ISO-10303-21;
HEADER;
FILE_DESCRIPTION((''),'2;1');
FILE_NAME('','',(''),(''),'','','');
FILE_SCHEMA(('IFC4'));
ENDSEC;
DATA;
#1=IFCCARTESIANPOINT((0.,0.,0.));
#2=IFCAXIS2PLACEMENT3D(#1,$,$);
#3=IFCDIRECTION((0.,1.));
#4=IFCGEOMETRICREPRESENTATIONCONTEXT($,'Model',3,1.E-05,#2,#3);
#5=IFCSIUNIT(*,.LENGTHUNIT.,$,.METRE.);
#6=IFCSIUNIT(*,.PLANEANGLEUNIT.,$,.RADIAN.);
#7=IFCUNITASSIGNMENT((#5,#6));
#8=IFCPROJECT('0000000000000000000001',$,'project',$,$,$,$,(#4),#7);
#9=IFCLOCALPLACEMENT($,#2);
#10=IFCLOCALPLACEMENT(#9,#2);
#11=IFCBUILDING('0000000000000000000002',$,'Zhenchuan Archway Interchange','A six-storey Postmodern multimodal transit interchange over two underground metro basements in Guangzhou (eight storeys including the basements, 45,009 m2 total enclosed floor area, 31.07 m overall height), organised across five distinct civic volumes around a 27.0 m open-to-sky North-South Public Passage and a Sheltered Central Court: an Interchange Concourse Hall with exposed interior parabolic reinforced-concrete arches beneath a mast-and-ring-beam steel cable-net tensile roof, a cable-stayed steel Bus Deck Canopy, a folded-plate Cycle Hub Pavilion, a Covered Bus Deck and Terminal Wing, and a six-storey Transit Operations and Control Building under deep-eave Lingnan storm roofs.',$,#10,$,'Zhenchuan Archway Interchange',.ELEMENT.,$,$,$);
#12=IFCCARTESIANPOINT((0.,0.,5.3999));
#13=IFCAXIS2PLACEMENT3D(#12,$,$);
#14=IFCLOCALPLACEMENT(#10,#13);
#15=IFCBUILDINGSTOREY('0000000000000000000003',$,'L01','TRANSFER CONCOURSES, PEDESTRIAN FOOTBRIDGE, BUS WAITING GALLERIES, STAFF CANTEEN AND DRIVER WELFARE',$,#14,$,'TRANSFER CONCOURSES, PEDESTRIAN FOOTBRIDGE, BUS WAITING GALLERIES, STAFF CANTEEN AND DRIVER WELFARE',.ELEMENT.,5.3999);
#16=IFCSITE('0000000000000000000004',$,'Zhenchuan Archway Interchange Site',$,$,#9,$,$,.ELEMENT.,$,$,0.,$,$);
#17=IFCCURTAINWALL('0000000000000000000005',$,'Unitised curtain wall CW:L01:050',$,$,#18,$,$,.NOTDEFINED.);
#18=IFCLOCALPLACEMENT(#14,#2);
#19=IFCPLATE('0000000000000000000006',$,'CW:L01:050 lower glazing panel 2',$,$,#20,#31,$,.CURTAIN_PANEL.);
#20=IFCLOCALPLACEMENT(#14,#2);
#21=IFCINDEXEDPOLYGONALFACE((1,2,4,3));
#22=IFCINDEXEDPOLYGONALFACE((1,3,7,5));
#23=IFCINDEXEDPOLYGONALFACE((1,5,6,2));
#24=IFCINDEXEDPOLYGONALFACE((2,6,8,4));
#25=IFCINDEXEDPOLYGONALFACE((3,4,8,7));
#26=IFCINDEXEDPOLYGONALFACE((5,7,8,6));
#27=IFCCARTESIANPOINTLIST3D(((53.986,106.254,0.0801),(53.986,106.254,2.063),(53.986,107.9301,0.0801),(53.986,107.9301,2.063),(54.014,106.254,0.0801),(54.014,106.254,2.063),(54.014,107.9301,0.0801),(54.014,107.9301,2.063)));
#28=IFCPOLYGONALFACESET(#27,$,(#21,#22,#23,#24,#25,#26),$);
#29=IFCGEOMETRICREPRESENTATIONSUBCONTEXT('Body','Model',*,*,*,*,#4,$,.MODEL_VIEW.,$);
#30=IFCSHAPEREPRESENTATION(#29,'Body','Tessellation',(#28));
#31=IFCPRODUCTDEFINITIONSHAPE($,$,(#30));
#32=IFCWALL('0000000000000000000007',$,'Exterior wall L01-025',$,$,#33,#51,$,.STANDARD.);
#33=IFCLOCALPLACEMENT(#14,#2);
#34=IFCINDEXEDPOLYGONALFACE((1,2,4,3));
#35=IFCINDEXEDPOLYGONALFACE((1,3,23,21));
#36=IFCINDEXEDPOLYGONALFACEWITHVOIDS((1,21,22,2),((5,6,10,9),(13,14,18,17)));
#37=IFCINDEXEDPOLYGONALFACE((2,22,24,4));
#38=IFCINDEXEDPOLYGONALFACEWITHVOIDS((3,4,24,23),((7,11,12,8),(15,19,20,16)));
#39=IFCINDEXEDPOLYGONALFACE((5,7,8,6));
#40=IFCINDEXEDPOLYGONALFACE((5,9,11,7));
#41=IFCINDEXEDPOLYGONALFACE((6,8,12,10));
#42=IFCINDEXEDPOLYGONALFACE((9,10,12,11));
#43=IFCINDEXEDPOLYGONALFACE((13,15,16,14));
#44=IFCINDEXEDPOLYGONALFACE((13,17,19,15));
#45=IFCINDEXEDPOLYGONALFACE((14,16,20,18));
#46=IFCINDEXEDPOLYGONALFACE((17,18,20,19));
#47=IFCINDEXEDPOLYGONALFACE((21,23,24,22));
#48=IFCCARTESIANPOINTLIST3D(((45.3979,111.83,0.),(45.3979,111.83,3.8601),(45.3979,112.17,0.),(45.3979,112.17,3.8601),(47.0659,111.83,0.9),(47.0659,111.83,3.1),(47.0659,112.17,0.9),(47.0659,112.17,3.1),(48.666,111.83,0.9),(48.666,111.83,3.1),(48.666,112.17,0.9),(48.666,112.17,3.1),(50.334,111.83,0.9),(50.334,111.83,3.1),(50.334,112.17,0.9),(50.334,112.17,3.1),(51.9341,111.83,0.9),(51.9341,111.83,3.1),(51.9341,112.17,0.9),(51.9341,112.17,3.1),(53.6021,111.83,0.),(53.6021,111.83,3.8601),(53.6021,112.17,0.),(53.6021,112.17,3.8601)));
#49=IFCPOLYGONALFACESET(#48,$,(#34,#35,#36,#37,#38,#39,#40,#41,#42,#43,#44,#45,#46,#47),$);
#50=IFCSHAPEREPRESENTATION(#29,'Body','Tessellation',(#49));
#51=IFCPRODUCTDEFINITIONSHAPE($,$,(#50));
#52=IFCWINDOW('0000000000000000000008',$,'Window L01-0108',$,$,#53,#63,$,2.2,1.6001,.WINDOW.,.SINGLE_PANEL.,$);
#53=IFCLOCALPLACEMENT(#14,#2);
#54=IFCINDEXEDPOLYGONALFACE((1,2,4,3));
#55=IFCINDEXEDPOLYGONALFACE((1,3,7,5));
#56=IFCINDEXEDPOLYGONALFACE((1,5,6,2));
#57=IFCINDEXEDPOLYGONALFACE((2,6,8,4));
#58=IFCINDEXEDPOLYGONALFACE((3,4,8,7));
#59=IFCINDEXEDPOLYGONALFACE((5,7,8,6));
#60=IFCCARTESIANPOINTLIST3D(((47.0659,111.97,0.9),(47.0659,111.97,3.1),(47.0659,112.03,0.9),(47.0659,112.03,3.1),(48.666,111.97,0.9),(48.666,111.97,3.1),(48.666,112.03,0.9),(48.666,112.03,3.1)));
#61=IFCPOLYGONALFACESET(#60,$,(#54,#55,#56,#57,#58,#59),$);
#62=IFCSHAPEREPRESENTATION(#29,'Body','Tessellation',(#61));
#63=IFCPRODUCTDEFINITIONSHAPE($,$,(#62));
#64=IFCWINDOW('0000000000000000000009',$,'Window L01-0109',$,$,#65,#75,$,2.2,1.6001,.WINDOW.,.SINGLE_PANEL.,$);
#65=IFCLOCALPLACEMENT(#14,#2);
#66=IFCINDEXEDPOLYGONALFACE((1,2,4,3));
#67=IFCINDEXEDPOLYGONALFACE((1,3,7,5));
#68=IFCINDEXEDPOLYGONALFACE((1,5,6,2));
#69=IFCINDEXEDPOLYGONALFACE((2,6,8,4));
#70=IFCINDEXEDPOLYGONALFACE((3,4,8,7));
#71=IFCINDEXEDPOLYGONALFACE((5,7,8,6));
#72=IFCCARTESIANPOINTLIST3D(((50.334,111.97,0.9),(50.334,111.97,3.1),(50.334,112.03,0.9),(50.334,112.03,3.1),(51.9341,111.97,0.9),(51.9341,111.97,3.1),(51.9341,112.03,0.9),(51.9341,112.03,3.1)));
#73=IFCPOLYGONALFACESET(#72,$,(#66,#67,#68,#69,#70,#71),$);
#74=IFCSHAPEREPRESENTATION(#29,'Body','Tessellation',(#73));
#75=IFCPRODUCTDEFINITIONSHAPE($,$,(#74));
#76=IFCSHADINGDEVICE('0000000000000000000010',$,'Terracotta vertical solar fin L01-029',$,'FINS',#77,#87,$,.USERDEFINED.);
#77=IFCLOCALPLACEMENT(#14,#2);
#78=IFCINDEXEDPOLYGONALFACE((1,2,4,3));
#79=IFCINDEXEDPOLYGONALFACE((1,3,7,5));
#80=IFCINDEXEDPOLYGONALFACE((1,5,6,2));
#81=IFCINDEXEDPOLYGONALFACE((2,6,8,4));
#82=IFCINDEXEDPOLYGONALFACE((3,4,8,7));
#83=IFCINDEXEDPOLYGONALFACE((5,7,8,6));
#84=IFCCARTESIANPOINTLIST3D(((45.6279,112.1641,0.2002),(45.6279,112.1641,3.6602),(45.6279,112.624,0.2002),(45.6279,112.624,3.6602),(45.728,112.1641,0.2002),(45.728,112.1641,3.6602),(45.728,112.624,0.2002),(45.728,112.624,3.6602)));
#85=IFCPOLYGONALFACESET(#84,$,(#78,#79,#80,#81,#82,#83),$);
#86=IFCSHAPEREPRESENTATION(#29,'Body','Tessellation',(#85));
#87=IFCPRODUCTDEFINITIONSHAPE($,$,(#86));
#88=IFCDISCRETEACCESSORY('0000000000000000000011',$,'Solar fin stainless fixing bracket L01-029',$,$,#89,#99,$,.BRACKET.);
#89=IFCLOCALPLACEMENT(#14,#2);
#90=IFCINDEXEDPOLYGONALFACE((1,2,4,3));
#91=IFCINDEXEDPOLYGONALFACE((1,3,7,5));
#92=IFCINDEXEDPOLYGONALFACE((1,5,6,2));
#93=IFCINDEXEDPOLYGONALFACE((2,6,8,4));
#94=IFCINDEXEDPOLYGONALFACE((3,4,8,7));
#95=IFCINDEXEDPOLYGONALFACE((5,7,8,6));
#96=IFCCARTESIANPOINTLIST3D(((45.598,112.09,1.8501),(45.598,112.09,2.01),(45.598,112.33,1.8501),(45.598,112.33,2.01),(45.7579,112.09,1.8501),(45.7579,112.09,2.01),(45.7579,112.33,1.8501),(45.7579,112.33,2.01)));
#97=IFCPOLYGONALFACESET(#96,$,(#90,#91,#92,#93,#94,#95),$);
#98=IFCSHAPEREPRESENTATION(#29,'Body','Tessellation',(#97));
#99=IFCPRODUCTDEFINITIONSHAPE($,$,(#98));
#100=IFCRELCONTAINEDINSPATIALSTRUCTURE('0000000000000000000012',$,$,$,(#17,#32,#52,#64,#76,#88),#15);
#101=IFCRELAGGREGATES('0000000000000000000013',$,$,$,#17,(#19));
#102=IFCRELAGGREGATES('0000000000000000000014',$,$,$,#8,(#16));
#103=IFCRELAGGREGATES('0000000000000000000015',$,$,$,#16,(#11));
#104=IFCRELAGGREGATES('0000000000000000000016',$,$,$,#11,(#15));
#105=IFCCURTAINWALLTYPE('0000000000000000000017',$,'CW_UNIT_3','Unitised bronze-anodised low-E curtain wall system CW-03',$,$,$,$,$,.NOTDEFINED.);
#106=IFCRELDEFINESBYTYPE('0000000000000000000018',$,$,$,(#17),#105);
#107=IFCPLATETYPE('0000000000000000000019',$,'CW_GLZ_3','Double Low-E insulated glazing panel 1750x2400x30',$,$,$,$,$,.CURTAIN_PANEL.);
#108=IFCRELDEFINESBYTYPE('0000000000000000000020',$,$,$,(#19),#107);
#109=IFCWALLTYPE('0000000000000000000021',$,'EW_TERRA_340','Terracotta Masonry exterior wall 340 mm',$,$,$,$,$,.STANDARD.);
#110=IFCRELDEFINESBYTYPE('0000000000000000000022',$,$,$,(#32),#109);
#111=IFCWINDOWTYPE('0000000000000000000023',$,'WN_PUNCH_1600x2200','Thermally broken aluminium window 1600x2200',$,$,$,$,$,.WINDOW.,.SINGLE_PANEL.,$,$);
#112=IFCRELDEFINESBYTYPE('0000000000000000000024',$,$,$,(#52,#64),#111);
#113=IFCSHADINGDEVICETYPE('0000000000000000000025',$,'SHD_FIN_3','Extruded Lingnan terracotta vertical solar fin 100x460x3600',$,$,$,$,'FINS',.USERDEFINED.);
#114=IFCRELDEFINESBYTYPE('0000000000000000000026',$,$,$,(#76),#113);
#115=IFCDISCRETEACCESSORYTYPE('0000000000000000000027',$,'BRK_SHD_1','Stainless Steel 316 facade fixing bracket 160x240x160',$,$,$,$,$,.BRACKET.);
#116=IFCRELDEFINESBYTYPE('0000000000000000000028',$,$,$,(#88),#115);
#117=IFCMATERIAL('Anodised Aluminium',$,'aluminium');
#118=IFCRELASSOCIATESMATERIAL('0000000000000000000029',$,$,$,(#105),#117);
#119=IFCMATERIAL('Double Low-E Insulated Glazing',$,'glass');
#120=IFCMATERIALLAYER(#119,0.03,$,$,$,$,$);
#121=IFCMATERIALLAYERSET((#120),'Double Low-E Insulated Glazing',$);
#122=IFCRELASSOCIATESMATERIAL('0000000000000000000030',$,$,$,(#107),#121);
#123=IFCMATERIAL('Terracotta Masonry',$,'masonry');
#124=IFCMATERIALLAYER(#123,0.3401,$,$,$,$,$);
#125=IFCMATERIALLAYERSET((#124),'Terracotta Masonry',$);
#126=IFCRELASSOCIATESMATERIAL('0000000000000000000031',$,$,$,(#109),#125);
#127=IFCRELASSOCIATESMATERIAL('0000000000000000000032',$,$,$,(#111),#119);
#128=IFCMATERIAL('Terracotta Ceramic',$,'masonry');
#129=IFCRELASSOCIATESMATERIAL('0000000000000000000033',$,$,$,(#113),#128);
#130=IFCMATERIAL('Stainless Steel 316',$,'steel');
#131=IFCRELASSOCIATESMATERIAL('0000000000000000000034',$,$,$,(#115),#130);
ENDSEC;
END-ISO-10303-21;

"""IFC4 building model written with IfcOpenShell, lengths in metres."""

from ifc_helpers import new_model, si_unit, direction, frame, frame_2d, origin, origin_2d, place, context, subcontext, project, spatial, rectangle, extrude, material, layer, layer_set, type_object, element, fill, aggregate, save


model = new_model("IFC4")

# Units and contexts
model_context = context("Model", 3, precision=1e-05, world=origin(), true_north=direction((0.0, 1.0)))
body_context = subcontext(model_context, "Body", "Model", "MODEL_VIEW")
ifc_project = project(units=[si_unit("LENGTHUNIT", "METRE"), si_unit("PLANEANGLEUNIT", "RADIAN")], contexts=[model_context])

# Site, building, storey
site_placement = place(None, origin())
site = spatial("IfcSite", under=ifc_project, at=site_placement, Name="Zhenchuan Archway Interchange Site", CompositionType="ELEMENT", RefElevation=0.0)
building_placement = place(site_placement, origin())
building = spatial("IfcBuilding", under=site, at=building_placement, Name="Zhenchuan Archway Interchange", Description="A six-storey Postmodern multimodal transit interchange over two underground metro basements in Guangzhou (eight storeys including the basements, 45,009 m2 total enclosed floor area, 31.07 m overall height), organised across five distinct civic volumes around a 27.0 m open-to-sky North-South Public Passage and a Sheltered Central Court: an Interchange Concourse Hall with exposed interior parabolic reinforced-concrete arches beneath a mast-and-ring-beam steel cable-net tensile roof, a cable-stayed steel Bus Deck Canopy, a folded-plate Cycle Hub Pavilion, a Covered Bus Deck and Terminal Wing, and a six-storey Transit Operations and Control Building under deep-eave Lingnan storm roofs.", LongName="Zhenchuan Archway Interchange", CompositionType="ELEMENT")
storey_placement = place(building_placement, frame((0.0, 0.0, 5.3999)))
storey = spatial("IfcBuildingStorey", under=building, at=storey_placement, Name="L01", Description="TRANSFER CONCOURSES, PEDESTRIAN FOOTBRIDGE, BUS WAITING GALLERIES, STAFF CANTEEN AND DRIVER WELFARE", LongName="TRANSFER CONCOURSES, PEDESTRIAN FOOTBRIDGE, BUS WAITING GALLERIES, STAFF CANTEEN AND DRIVER WELFARE", CompositionType="ELEMENT", Elevation=5.3999)

# Shared definitions
ifc_material_1 = material(Name="Anodised Aluminium", Category="aluminium")

# Shared definitions
ifc_material_2 = material(Name="Double Low-E Insulated Glazing", Category="glass")

# Curtain wall, plate
curtain_wall_type_1 = type_object("IfcCurtainWallType", Name="CW_UNIT_3", Description="Unitised bronze-anodised low-E curtain wall system CW-03", PredefinedType="NOTDEFINED", material=ifc_material_1)
curtain_wall_1_placement = place(storey_placement, origin())
curtain_wall_1 = element("IfcCurtainWall", 1, at=curtain_wall_1_placement, inside=storey, type_object=curtain_wall_type_1, Name="Unitised curtain wall CW:L01:050", PredefinedType="NOTDEFINED")
ifc_layer_1 = layer(ifc_material_2, 0.03)
ifc_layer_set_1 = layer_set([ifc_layer_1], Name="Double Low-E Insulated Glazing")
plate_type_1 = type_object("IfcPlateType", Name="CW_GLZ_3", Description="Double Low-E insulated glazing panel 1750x2400x30", PredefinedType="CURTAIN_PANEL", material=ifc_layer_set_1)
plate_1_placement = place(storey_placement, frame((54.0, 107.092, 0.0801), z_axis=(0.0, 0.0, 1.0), x_axis=(0.0, -1.0, 0.0)))
plate_1 = element("IfcPlate", 2, at=plate_1_placement, type_object=plate_type_1, Name="CW:L01:050 lower glazing panel 2", PredefinedType="CURTAIN_PANEL", context=body_context, shape_type="SweptSolid", body=[
    extrude(rectangle(XDim=1.676, YDim=0.0281, at=origin_2d()), origin(), (0.0, 0.0, 1.0), 1.9829),
])
aggregate(curtain_wall_1, [plate_1])

# Wall, openings, windows
ifc_material_3 = material(Name="Terracotta Masonry", Category="masonry")
ifc_layer_2 = layer(ifc_material_3, 0.3401)
ifc_layer_set_2 = layer_set([ifc_layer_2], Name="Terracotta Masonry")
wall_type = type_object("IfcWallType", Name="EW_TERRA_340", Description="Terracotta Masonry exterior wall 340 mm", PredefinedType="STANDARD", material=ifc_layer_set_2)
wall_placement = place(storey_placement, frame((45.3979, 112.0, 0.0), z_axis=(0.0, 0.0, 1.0), x_axis=(1.0, 0.0, 0.0)))
wall = element("IfcWall", 3, at=wall_placement, inside=storey, type_object=wall_type, Name="Exterior wall L01-025", PredefinedType="STANDARD", context=body_context, shape_type="SweptSolid", body=[
    extrude(rectangle(XDim=8.2041, YDim=0.3401, at=frame_2d((4.1021, 0.0))), origin(), (0.0, 0.0, 1.0), 3.8601),
])
opening_1_placement = place(wall_placement, frame((1.668, 0.0, 0.8999)))
opening_1 = element("IfcOpeningElement", 4, at=opening_1_placement, cuts=wall, PredefinedType="OPENING", context=body_context, shape_type="SweptSolid", body=[
    extrude(rectangle(XDim=1.6001, YDim=2.2, at=frame_2d((0.8, 1.1001))), frame((0.0, 0.1821, 0.0), z_axis=(0.0, -1.0, 0.0), x_axis=(1.0, 0.0, 0.0)), (0.0, 0.0, 1.0), 0.364),
])
opening_2_placement = place(wall_placement, frame((4.936, 0.0, 0.8999)))
opening_2 = element("IfcOpeningElement", 5, at=opening_2_placement, cuts=wall, PredefinedType="OPENING", context=body_context, shape_type="SweptSolid", body=[
    extrude(rectangle(XDim=1.6001, YDim=2.2, at=frame_2d((0.8, 1.1001))), frame((0.0, 0.1821, 0.0), z_axis=(0.0, -1.0, 0.0), x_axis=(1.0, 0.0, 0.0)), (0.0, 0.0, 1.0), 0.364),
])
window_type = type_object("IfcWindowType", Name="WN_PUNCH_1600x2200", Description="Thermally broken aluminium window 1600x2200", PartitioningType="SINGLE_PANEL", PredefinedType="WINDOW", material=ifc_material_2)
window_1_placement = place(opening_1_placement, origin())
window_1 = element("IfcWindow", 6, at=window_1_placement, inside=storey, type_object=window_type, Name="Window L01-0108", OverallHeight=2.2, OverallWidth=1.6001, PartitioningType="SINGLE_PANEL", PredefinedType="WINDOW", context=body_context, shape_type="SweptSolid", body=[
    extrude(rectangle(XDim=1.6001, YDim=2.2, at=frame_2d((0.8, 1.1001))), frame((0.0, 0.03, 0.0), z_axis=(0.0, -1.0, 0.0), x_axis=(1.0, 0.0, 0.0)), (0.0, 0.0, 1.0), 0.0601),
])
fill(opening_1, window_1)
window_2_placement = place(opening_2_placement, origin())
window_2 = element("IfcWindow", 7, at=window_2_placement, inside=storey, type_object=window_type, Name="Window L01-0109", OverallHeight=2.2, OverallWidth=1.6001, PartitioningType="SINGLE_PANEL", PredefinedType="WINDOW", context=body_context, shape_type="SweptSolid", body=[
    extrude(rectangle(XDim=1.6001, YDim=2.2, at=frame_2d((0.8, 1.1001))), frame((0.0, 0.03, 0.0), z_axis=(0.0, -1.0, 0.0), x_axis=(1.0, 0.0, 0.0)), (0.0, 0.0, 1.0), 0.0601),
])
fill(opening_2, window_2)

# Shading device
ifc_material_4 = material(Name="Terracotta Ceramic", Category="masonry")
shading_device_type = type_object("IfcShadingDeviceType", Name="SHD_FIN_3", Description="Extruded Lingnan terracotta vertical solar fin 100x460x3600", ElementType="FINS", PredefinedType="USERDEFINED", material=ifc_material_4)
shading_device_placement = place(storey_placement, frame((45.678, 112.394, 0.2002), z_axis=(0.0, 0.0, 1.0), x_axis=(1.0, 0.0, 0.0)))
element("IfcShadingDevice", 8, at=shading_device_placement, inside=storey, type_object=shading_device_type, Name="Terracotta vertical solar fin L01-029", ObjectType="FINS", PredefinedType="USERDEFINED", context=body_context, shape_type="SweptSolid", body=[
    extrude(rectangle(XDim=0.1001, YDim=0.46, at=origin_2d()), origin(), (0.0, 0.0, 1.0), 3.46),
])

# Discrete accessory
ifc_material_5 = material(Name="Stainless Steel 316", Category="steel")
discrete_accessory_type = type_object("IfcDiscreteAccessoryType", Name="BRK_SHD_1", Description="Stainless Steel 316 facade fixing bracket 160x240x160", PredefinedType="BRACKET", material=ifc_material_5)
discrete_accessory_placement = place(storey_placement, frame((45.678, 112.21, 1.8501), z_axis=(0.0, 0.0, 1.0), x_axis=(1.0, 0.0, 0.0)))
element("IfcDiscreteAccessory", 9, at=discrete_accessory_placement, inside=storey, type_object=discrete_accessory_type, Name="Solar fin stainless fixing bracket L01-029", PredefinedType="BRACKET", context=body_context, shape_type="SweptSolid", body=[
    extrude(rectangle(XDim=0.1599, YDim=0.24, at=origin_2d()), origin(), (0.0, 0.0, 1.0), 0.1599),
])

save(model, "model.ifc")
